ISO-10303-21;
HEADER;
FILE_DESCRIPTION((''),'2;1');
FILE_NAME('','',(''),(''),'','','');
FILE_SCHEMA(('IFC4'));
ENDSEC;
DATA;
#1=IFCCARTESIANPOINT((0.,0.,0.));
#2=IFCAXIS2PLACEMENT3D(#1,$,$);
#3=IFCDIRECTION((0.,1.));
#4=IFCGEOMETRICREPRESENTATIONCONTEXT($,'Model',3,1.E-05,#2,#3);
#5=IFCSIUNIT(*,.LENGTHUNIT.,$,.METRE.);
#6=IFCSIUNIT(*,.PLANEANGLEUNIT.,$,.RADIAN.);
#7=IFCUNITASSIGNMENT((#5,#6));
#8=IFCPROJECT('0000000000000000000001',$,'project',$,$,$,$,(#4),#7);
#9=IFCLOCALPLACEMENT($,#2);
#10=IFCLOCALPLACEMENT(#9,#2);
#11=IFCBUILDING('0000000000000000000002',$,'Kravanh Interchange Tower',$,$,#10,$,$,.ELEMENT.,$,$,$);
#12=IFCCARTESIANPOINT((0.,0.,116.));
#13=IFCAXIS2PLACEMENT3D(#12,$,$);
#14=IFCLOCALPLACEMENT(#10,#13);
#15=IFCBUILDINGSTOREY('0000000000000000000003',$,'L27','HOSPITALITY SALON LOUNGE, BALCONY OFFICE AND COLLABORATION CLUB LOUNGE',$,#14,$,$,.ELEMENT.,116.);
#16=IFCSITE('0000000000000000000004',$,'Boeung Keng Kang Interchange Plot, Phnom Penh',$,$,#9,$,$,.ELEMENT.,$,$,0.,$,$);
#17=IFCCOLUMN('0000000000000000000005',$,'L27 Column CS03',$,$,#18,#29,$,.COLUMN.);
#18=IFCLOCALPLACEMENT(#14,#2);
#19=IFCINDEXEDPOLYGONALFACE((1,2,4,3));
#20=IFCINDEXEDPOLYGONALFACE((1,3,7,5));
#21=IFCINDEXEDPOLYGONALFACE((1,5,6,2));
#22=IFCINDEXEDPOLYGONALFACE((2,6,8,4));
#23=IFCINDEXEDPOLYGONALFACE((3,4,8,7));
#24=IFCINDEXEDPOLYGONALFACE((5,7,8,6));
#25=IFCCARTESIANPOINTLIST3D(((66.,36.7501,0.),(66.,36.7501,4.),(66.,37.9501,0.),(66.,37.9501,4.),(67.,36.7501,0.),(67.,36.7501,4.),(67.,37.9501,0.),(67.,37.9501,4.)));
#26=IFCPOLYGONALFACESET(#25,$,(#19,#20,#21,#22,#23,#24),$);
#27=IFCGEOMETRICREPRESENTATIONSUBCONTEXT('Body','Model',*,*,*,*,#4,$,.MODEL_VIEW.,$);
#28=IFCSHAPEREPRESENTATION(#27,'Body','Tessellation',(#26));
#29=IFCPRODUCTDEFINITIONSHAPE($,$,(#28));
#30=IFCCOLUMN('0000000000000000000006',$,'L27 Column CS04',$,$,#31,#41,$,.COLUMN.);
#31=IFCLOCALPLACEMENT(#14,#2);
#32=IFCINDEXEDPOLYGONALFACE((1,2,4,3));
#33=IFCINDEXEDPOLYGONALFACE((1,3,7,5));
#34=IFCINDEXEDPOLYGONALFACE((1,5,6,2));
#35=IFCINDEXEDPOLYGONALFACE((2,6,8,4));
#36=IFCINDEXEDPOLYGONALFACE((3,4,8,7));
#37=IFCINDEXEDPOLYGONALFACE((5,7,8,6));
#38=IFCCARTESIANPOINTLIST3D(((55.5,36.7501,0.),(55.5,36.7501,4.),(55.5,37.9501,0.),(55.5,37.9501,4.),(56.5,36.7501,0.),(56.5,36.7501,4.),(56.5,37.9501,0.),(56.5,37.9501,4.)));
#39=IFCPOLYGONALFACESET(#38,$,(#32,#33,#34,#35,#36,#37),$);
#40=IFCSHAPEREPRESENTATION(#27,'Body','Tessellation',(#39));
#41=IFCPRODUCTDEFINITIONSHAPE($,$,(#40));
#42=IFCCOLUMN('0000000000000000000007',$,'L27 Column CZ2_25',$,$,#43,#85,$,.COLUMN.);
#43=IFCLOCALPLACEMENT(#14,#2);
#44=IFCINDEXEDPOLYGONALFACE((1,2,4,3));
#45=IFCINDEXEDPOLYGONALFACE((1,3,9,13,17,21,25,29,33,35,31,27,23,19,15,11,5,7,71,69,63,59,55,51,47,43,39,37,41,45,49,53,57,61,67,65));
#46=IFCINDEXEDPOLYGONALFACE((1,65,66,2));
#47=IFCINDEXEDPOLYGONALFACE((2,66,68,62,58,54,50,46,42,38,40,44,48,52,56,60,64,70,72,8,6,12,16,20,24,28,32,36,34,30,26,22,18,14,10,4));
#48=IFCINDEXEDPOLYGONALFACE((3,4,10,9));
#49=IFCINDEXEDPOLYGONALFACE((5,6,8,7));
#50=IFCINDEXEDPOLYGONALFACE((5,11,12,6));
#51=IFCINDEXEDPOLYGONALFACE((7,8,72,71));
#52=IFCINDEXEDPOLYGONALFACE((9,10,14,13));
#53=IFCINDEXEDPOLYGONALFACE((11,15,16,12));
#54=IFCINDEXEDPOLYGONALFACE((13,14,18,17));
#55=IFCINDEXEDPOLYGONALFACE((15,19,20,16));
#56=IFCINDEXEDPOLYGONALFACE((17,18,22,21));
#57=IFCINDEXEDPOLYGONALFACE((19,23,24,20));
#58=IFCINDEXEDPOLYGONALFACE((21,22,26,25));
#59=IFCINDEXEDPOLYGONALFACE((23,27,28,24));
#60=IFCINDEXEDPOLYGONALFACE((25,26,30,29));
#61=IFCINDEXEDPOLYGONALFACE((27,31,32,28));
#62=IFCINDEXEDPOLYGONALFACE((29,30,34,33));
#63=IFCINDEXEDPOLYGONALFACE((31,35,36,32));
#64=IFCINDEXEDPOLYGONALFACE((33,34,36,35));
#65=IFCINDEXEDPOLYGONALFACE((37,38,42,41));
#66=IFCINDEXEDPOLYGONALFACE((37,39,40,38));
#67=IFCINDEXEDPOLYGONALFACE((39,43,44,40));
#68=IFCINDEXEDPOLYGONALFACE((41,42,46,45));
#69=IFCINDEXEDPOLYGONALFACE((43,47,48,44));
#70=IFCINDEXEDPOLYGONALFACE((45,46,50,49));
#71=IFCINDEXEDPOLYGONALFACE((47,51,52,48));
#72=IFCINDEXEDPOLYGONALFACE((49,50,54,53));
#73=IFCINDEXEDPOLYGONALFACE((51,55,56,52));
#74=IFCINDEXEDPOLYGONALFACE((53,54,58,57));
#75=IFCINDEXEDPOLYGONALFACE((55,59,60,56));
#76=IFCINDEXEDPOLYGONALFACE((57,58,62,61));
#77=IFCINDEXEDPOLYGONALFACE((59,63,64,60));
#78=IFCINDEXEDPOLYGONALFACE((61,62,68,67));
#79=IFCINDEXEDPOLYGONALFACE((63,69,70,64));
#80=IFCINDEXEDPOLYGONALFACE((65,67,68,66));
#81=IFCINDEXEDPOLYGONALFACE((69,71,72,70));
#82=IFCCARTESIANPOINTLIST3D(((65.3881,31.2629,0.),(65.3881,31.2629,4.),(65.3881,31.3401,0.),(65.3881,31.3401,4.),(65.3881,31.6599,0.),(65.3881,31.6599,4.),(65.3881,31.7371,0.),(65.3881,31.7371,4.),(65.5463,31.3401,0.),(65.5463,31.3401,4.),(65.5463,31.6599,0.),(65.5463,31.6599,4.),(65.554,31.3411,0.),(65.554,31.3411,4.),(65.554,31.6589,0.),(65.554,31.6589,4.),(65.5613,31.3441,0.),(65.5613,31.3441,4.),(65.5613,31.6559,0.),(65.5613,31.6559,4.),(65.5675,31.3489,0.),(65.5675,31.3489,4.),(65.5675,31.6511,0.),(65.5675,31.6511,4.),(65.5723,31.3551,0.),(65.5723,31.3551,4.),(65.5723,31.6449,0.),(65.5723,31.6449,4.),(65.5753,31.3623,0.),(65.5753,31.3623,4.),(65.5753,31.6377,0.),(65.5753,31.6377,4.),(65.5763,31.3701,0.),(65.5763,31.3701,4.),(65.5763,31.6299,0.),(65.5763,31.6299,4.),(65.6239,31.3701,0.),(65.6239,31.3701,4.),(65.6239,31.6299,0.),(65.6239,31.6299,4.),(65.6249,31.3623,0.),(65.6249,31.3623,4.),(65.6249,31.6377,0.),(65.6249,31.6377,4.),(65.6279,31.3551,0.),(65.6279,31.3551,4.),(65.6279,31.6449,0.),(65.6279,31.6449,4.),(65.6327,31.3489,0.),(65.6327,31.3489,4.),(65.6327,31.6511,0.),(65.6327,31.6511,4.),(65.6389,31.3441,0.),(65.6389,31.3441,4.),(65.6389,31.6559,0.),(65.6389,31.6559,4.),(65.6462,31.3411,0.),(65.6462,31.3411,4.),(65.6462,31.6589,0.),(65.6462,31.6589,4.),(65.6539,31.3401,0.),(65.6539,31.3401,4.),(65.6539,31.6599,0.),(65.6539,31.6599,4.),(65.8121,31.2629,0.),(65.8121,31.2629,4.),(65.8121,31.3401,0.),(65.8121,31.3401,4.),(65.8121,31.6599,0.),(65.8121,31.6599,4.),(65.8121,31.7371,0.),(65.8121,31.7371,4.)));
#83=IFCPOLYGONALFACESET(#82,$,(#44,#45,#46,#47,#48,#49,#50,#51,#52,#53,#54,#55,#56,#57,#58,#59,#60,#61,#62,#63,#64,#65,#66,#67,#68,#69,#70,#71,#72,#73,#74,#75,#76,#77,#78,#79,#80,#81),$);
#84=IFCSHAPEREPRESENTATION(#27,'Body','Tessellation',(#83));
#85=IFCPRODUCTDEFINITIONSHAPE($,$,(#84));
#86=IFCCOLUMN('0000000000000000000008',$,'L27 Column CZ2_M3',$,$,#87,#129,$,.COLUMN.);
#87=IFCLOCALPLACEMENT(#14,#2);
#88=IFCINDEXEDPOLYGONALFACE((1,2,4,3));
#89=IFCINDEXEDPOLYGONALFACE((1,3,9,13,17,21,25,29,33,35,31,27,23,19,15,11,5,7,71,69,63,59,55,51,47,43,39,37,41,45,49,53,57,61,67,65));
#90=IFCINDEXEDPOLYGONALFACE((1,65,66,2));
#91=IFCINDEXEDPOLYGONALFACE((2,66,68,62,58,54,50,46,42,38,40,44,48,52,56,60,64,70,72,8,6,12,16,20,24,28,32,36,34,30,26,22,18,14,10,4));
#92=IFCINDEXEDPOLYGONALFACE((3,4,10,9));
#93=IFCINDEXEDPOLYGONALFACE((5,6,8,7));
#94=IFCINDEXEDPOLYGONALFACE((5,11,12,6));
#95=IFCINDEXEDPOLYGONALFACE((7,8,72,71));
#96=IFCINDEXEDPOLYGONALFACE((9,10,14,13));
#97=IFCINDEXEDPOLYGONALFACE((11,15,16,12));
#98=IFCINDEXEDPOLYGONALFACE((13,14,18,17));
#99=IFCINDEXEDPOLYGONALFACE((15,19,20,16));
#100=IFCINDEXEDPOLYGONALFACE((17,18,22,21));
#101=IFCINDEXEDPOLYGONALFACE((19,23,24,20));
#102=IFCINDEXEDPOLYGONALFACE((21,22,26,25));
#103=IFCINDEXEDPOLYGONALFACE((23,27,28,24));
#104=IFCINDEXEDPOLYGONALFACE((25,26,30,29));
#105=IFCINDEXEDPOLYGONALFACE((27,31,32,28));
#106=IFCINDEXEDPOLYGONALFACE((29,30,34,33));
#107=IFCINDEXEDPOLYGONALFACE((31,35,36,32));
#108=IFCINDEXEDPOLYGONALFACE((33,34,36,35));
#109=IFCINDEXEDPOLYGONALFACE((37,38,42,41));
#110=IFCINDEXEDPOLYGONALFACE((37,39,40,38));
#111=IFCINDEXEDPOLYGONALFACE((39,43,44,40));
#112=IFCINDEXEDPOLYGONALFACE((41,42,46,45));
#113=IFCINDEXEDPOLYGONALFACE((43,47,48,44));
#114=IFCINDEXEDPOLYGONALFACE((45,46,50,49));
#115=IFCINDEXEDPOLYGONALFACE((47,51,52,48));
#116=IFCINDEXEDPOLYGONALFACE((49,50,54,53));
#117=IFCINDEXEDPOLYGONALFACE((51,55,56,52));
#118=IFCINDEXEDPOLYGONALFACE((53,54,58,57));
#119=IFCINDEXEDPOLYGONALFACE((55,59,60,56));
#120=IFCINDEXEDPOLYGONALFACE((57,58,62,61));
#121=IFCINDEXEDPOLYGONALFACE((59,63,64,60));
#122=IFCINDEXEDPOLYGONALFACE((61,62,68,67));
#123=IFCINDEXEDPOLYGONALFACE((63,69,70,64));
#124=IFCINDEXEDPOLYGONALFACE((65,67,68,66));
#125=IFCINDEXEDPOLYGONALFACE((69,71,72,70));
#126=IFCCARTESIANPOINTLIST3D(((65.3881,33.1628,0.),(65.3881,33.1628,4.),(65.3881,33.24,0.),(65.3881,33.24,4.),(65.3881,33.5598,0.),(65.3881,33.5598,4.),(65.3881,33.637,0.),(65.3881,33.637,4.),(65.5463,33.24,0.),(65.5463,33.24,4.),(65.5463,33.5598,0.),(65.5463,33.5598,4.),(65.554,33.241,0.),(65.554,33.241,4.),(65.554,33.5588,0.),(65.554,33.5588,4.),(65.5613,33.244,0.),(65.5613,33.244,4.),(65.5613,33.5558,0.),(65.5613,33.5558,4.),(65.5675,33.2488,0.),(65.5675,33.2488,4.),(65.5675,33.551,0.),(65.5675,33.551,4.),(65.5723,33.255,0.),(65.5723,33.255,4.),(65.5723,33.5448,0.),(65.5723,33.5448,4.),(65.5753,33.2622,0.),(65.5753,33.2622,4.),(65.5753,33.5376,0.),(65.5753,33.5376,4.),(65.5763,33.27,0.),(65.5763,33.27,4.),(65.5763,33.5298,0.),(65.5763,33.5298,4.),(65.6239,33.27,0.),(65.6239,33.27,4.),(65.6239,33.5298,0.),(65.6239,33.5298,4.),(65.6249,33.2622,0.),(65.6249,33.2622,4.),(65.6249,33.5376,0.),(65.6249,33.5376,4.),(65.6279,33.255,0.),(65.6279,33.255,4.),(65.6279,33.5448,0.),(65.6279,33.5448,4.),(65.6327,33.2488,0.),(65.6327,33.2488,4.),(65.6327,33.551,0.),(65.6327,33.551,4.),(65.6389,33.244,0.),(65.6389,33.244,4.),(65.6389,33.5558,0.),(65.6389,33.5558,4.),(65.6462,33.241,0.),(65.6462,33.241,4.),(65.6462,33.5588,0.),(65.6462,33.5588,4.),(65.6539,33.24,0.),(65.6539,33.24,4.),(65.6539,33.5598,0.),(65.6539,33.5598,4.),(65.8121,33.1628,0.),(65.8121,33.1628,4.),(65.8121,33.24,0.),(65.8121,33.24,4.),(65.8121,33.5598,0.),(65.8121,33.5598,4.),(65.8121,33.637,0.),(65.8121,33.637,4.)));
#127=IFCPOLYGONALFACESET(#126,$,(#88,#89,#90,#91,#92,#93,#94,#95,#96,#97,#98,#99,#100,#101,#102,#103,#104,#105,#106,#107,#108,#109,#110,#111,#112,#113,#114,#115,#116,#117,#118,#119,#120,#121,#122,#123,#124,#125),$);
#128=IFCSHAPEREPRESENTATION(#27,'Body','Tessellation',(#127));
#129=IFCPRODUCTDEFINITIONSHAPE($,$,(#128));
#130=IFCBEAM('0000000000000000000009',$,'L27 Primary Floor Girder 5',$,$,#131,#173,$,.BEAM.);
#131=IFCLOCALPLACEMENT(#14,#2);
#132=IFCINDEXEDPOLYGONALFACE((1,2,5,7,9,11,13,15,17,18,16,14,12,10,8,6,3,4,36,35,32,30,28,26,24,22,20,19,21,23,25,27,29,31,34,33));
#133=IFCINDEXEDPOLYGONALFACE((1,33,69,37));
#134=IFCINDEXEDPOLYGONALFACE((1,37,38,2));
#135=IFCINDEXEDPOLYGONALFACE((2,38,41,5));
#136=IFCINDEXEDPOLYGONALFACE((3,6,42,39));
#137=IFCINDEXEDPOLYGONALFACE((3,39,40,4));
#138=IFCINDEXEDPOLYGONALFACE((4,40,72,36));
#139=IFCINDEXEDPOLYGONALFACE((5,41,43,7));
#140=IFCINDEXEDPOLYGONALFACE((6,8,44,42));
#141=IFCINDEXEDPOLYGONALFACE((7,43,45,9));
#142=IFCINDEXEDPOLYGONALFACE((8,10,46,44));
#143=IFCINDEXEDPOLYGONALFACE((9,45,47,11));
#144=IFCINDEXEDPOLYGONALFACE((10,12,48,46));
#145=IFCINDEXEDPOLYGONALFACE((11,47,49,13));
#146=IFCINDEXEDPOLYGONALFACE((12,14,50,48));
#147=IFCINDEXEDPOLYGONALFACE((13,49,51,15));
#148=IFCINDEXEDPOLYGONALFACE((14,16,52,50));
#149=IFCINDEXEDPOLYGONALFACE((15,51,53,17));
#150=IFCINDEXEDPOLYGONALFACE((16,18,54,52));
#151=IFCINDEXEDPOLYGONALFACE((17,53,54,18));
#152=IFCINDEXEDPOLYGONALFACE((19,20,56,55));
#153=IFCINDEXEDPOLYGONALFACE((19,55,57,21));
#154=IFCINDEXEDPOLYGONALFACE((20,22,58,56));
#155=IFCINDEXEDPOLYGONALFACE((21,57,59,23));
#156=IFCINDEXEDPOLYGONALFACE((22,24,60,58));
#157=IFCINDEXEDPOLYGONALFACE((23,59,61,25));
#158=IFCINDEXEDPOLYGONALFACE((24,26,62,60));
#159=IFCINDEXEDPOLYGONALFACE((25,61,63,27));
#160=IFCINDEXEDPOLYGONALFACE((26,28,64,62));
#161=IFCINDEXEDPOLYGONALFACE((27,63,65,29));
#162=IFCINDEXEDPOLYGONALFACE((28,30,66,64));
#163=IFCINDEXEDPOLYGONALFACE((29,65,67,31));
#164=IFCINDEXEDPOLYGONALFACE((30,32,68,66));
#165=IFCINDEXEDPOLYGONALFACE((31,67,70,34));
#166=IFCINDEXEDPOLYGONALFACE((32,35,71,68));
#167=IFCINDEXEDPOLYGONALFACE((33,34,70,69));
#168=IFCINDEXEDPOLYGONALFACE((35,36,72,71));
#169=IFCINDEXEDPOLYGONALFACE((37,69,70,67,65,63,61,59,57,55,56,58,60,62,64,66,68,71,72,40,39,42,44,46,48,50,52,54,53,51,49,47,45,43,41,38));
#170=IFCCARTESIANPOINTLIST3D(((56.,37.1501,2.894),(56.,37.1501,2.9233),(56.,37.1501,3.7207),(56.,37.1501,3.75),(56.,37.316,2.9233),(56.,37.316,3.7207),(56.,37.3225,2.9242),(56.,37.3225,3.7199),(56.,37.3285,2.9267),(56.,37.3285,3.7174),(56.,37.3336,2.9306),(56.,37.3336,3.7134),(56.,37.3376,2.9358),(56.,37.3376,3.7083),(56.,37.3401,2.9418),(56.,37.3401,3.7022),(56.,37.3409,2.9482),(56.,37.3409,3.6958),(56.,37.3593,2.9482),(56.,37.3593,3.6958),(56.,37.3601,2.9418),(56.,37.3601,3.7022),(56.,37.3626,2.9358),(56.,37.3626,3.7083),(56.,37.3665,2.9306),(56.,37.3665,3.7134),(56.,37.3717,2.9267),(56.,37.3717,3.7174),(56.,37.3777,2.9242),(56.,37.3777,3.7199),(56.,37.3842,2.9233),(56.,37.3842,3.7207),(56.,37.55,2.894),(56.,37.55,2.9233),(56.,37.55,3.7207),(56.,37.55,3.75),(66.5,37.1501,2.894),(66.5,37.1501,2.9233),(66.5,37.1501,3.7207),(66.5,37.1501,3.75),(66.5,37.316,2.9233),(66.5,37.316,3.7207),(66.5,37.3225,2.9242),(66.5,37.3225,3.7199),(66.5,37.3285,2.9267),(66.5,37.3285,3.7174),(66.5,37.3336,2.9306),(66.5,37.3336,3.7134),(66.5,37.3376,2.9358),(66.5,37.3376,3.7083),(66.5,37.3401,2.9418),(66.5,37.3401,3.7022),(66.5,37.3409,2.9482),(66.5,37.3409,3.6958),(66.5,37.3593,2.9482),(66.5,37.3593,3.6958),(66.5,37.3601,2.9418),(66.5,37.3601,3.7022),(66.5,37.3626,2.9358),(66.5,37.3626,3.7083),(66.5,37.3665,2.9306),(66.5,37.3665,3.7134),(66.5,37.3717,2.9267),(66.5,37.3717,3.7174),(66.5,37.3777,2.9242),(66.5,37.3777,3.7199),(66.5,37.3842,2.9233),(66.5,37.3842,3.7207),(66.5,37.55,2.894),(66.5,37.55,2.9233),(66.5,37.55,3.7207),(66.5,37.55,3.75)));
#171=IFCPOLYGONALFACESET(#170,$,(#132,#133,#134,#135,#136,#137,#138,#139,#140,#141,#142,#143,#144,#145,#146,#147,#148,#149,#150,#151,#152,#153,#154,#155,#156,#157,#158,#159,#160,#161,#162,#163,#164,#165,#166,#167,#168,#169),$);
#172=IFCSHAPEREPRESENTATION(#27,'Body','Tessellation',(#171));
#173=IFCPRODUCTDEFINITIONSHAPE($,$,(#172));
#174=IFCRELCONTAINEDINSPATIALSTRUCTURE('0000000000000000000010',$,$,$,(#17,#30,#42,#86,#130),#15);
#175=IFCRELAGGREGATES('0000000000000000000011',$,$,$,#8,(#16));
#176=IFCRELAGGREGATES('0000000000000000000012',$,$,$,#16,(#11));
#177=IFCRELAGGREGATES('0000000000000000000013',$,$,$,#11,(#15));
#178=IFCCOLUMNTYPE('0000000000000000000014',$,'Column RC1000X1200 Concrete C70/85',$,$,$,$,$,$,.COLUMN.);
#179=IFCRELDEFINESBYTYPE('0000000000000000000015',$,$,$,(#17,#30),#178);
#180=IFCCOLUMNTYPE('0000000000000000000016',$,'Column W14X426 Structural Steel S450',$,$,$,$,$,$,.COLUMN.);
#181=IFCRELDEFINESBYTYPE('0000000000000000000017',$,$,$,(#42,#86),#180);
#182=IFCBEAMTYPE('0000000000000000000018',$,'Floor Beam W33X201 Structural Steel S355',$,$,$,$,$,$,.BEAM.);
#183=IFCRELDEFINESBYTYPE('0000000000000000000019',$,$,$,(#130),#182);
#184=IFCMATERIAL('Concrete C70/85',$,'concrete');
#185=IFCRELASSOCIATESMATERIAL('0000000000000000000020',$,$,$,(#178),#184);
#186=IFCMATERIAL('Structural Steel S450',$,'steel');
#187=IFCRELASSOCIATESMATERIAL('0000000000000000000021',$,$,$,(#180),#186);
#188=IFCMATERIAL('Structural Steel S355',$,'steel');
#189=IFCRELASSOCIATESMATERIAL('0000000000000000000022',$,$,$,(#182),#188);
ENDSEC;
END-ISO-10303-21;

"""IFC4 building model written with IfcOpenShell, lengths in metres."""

from ifc_helpers import new_model, si_unit, direction, frame, origin, origin_2d, place, context, subcontext, project, spatial, rectangle, i_section, extrude, material, material_profile, profile_set, type_object, element, save


model = new_model("IFC4")

# Units and contexts
model_context = context("Model", 3, precision=1e-05, world=origin(), true_north=direction((0.0, 1.0)))
body_context = subcontext(model_context, "Body", "Model", "MODEL_VIEW")
ifc_project = project(units=[si_unit("LENGTHUNIT", "METRE"), si_unit("PLANEANGLEUNIT", "RADIAN")], contexts=[model_context])

# Site, building, storey
site_placement = place(None, origin())
site = spatial("IfcSite", under=ifc_project, at=site_placement, Name="Boeung Keng Kang Interchange Plot, Phnom Penh", CompositionType="ELEMENT", RefElevation=0.0)
building_placement = place(site_placement, origin())
building = spatial("IfcBuilding", under=site, at=building_placement, Name="Kravanh Interchange Tower", CompositionType="ELEMENT")
storey_placement = place(building_placement, frame((0.0, 0.0, 116.0)))
storey = spatial("IfcBuildingStorey", under=building, at=storey_placement, Name="L27", Description="HOSPITALITY SALON LOUNGE, BALCONY OFFICE AND COLLABORATION CLUB LOUNGE", CompositionType="ELEMENT", Elevation=116.0)

# Columns
ifc_material_1 = material(Name="Concrete C70/85", Category="concrete")
ifc_material_profile_1 = material_profile(ifc_material_1, rectangle(XDim=1.0, YDim=1.2, at=origin_2d()), Name="RC1000X1200")
ifc_profile_set_1 = profile_set([ifc_material_profile_1], Name="Concrete C70/85")
column_type_1 = type_object("IfcColumnType", Name="Column RC1000X1200 Concrete C70/85", PredefinedType="COLUMN", material=ifc_profile_set_1)
for number, where, z_axis, x_axis, name in (
    (1, (66.5, 37.3501, 0.0), (0.0, 0.0, 1.0), (1.0, 0.0, 0.0), "L27 Column CS03"),
    (2, (56.0, 37.3501, 0.0), (0.0, 0.0, 1.0), (1.0, 0.0, 0.0), "L27 Column CS04"),
):
    element("IfcColumn", number, at=place(storey_placement, frame(where, z_axis=z_axis, x_axis=x_axis)), inside=storey, type_object=column_type_1, Name=name, PredefinedType="COLUMN", context=body_context, shape_type="SweptSolid", body=[
        extrude(rectangle(XDim=1.0, YDim=1.2, at=origin_2d()), origin(), (0.0, 0.0, 1.0), 4.0),
    ])
ifc_material_2 = material(Name="Structural Steel S450", Category="steel")
ifc_material_profile_2 = material_profile(ifc_material_2, i_section(OverallWidth=0.4241, OverallDepth=0.4741, WebThickness=0.0476, FlangeThickness=0.0771, FilletRadius=0.03, at=origin_2d()), Name="W14X426")
ifc_profile_set_2 = profile_set([ifc_material_profile_2], Name="Structural Steel S450")
column_type_2 = type_object("IfcColumnType", Name="Column W14X426 Structural Steel S450", PredefinedType="COLUMN", material=ifc_profile_set_2)
for number, where, z_axis, x_axis, name in (
    (3, (65.6001, 31.5, 0.0), (0.0, 0.0, 1.0), (1.0, 0.0, 0.0), "L27 Column CZ2_25"),
    (4, (65.6001, 33.3999, 0.0), (0.0, 0.0, 1.0), (1.0, 0.0, 0.0), "L27 Column CZ2_M3"),
):
    element("IfcColumn", number, at=place(storey_placement, frame(where, z_axis=z_axis, x_axis=x_axis)), inside=storey, type_object=column_type_2, Name=name, PredefinedType="COLUMN", context=body_context, shape_type="SweptSolid", body=[
        extrude(i_section(OverallWidth=0.4241, OverallDepth=0.4741, WebThickness=0.0476, FlangeThickness=0.0771, FilletRadius=0.03, at=origin_2d()), origin(), (0.0, 0.0, 1.0), 4.0),
    ])

# Beam
ifc_material_3 = material(Name="Structural Steel S355", Category="steel")
ifc_material_profile_3 = material_profile(ifc_material_3, i_section(OverallWidth=0.3999, OverallDepth=0.856, WebThickness=0.0183, FlangeThickness=0.0293, FilletRadius=0.0249, at=origin_2d()), Name="W33X201")
ifc_profile_set_3 = profile_set([ifc_material_profile_3], Name="Structural Steel S355")
beam_type_1 = type_object("IfcBeamType", Name="Floor Beam W33X201 Structural Steel S355", PredefinedType="BEAM", material=ifc_profile_set_3)
beam_1_placement = place(storey_placement, frame((66.5, 37.3501, 3.322), z_axis=(-1.0, 0.0, 0.0), x_axis=(0.0, -1.0, 0.0)))
element("IfcBeam", 5, at=beam_1_placement, inside=storey, type_object=beam_type_1, Name="L27 Primary Floor Girder 5", PredefinedType="BEAM", context=body_context, shape_type="SweptSolid", body=[
    extrude(i_section(OverallWidth=0.3999, OverallDepth=0.856, WebThickness=0.0183, FlangeThickness=0.0293, FilletRadius=0.0249, at=origin_2d()), origin(), (0.0, 0.0, 1.0), 10.5),
])

save(model, "model.ifc")
